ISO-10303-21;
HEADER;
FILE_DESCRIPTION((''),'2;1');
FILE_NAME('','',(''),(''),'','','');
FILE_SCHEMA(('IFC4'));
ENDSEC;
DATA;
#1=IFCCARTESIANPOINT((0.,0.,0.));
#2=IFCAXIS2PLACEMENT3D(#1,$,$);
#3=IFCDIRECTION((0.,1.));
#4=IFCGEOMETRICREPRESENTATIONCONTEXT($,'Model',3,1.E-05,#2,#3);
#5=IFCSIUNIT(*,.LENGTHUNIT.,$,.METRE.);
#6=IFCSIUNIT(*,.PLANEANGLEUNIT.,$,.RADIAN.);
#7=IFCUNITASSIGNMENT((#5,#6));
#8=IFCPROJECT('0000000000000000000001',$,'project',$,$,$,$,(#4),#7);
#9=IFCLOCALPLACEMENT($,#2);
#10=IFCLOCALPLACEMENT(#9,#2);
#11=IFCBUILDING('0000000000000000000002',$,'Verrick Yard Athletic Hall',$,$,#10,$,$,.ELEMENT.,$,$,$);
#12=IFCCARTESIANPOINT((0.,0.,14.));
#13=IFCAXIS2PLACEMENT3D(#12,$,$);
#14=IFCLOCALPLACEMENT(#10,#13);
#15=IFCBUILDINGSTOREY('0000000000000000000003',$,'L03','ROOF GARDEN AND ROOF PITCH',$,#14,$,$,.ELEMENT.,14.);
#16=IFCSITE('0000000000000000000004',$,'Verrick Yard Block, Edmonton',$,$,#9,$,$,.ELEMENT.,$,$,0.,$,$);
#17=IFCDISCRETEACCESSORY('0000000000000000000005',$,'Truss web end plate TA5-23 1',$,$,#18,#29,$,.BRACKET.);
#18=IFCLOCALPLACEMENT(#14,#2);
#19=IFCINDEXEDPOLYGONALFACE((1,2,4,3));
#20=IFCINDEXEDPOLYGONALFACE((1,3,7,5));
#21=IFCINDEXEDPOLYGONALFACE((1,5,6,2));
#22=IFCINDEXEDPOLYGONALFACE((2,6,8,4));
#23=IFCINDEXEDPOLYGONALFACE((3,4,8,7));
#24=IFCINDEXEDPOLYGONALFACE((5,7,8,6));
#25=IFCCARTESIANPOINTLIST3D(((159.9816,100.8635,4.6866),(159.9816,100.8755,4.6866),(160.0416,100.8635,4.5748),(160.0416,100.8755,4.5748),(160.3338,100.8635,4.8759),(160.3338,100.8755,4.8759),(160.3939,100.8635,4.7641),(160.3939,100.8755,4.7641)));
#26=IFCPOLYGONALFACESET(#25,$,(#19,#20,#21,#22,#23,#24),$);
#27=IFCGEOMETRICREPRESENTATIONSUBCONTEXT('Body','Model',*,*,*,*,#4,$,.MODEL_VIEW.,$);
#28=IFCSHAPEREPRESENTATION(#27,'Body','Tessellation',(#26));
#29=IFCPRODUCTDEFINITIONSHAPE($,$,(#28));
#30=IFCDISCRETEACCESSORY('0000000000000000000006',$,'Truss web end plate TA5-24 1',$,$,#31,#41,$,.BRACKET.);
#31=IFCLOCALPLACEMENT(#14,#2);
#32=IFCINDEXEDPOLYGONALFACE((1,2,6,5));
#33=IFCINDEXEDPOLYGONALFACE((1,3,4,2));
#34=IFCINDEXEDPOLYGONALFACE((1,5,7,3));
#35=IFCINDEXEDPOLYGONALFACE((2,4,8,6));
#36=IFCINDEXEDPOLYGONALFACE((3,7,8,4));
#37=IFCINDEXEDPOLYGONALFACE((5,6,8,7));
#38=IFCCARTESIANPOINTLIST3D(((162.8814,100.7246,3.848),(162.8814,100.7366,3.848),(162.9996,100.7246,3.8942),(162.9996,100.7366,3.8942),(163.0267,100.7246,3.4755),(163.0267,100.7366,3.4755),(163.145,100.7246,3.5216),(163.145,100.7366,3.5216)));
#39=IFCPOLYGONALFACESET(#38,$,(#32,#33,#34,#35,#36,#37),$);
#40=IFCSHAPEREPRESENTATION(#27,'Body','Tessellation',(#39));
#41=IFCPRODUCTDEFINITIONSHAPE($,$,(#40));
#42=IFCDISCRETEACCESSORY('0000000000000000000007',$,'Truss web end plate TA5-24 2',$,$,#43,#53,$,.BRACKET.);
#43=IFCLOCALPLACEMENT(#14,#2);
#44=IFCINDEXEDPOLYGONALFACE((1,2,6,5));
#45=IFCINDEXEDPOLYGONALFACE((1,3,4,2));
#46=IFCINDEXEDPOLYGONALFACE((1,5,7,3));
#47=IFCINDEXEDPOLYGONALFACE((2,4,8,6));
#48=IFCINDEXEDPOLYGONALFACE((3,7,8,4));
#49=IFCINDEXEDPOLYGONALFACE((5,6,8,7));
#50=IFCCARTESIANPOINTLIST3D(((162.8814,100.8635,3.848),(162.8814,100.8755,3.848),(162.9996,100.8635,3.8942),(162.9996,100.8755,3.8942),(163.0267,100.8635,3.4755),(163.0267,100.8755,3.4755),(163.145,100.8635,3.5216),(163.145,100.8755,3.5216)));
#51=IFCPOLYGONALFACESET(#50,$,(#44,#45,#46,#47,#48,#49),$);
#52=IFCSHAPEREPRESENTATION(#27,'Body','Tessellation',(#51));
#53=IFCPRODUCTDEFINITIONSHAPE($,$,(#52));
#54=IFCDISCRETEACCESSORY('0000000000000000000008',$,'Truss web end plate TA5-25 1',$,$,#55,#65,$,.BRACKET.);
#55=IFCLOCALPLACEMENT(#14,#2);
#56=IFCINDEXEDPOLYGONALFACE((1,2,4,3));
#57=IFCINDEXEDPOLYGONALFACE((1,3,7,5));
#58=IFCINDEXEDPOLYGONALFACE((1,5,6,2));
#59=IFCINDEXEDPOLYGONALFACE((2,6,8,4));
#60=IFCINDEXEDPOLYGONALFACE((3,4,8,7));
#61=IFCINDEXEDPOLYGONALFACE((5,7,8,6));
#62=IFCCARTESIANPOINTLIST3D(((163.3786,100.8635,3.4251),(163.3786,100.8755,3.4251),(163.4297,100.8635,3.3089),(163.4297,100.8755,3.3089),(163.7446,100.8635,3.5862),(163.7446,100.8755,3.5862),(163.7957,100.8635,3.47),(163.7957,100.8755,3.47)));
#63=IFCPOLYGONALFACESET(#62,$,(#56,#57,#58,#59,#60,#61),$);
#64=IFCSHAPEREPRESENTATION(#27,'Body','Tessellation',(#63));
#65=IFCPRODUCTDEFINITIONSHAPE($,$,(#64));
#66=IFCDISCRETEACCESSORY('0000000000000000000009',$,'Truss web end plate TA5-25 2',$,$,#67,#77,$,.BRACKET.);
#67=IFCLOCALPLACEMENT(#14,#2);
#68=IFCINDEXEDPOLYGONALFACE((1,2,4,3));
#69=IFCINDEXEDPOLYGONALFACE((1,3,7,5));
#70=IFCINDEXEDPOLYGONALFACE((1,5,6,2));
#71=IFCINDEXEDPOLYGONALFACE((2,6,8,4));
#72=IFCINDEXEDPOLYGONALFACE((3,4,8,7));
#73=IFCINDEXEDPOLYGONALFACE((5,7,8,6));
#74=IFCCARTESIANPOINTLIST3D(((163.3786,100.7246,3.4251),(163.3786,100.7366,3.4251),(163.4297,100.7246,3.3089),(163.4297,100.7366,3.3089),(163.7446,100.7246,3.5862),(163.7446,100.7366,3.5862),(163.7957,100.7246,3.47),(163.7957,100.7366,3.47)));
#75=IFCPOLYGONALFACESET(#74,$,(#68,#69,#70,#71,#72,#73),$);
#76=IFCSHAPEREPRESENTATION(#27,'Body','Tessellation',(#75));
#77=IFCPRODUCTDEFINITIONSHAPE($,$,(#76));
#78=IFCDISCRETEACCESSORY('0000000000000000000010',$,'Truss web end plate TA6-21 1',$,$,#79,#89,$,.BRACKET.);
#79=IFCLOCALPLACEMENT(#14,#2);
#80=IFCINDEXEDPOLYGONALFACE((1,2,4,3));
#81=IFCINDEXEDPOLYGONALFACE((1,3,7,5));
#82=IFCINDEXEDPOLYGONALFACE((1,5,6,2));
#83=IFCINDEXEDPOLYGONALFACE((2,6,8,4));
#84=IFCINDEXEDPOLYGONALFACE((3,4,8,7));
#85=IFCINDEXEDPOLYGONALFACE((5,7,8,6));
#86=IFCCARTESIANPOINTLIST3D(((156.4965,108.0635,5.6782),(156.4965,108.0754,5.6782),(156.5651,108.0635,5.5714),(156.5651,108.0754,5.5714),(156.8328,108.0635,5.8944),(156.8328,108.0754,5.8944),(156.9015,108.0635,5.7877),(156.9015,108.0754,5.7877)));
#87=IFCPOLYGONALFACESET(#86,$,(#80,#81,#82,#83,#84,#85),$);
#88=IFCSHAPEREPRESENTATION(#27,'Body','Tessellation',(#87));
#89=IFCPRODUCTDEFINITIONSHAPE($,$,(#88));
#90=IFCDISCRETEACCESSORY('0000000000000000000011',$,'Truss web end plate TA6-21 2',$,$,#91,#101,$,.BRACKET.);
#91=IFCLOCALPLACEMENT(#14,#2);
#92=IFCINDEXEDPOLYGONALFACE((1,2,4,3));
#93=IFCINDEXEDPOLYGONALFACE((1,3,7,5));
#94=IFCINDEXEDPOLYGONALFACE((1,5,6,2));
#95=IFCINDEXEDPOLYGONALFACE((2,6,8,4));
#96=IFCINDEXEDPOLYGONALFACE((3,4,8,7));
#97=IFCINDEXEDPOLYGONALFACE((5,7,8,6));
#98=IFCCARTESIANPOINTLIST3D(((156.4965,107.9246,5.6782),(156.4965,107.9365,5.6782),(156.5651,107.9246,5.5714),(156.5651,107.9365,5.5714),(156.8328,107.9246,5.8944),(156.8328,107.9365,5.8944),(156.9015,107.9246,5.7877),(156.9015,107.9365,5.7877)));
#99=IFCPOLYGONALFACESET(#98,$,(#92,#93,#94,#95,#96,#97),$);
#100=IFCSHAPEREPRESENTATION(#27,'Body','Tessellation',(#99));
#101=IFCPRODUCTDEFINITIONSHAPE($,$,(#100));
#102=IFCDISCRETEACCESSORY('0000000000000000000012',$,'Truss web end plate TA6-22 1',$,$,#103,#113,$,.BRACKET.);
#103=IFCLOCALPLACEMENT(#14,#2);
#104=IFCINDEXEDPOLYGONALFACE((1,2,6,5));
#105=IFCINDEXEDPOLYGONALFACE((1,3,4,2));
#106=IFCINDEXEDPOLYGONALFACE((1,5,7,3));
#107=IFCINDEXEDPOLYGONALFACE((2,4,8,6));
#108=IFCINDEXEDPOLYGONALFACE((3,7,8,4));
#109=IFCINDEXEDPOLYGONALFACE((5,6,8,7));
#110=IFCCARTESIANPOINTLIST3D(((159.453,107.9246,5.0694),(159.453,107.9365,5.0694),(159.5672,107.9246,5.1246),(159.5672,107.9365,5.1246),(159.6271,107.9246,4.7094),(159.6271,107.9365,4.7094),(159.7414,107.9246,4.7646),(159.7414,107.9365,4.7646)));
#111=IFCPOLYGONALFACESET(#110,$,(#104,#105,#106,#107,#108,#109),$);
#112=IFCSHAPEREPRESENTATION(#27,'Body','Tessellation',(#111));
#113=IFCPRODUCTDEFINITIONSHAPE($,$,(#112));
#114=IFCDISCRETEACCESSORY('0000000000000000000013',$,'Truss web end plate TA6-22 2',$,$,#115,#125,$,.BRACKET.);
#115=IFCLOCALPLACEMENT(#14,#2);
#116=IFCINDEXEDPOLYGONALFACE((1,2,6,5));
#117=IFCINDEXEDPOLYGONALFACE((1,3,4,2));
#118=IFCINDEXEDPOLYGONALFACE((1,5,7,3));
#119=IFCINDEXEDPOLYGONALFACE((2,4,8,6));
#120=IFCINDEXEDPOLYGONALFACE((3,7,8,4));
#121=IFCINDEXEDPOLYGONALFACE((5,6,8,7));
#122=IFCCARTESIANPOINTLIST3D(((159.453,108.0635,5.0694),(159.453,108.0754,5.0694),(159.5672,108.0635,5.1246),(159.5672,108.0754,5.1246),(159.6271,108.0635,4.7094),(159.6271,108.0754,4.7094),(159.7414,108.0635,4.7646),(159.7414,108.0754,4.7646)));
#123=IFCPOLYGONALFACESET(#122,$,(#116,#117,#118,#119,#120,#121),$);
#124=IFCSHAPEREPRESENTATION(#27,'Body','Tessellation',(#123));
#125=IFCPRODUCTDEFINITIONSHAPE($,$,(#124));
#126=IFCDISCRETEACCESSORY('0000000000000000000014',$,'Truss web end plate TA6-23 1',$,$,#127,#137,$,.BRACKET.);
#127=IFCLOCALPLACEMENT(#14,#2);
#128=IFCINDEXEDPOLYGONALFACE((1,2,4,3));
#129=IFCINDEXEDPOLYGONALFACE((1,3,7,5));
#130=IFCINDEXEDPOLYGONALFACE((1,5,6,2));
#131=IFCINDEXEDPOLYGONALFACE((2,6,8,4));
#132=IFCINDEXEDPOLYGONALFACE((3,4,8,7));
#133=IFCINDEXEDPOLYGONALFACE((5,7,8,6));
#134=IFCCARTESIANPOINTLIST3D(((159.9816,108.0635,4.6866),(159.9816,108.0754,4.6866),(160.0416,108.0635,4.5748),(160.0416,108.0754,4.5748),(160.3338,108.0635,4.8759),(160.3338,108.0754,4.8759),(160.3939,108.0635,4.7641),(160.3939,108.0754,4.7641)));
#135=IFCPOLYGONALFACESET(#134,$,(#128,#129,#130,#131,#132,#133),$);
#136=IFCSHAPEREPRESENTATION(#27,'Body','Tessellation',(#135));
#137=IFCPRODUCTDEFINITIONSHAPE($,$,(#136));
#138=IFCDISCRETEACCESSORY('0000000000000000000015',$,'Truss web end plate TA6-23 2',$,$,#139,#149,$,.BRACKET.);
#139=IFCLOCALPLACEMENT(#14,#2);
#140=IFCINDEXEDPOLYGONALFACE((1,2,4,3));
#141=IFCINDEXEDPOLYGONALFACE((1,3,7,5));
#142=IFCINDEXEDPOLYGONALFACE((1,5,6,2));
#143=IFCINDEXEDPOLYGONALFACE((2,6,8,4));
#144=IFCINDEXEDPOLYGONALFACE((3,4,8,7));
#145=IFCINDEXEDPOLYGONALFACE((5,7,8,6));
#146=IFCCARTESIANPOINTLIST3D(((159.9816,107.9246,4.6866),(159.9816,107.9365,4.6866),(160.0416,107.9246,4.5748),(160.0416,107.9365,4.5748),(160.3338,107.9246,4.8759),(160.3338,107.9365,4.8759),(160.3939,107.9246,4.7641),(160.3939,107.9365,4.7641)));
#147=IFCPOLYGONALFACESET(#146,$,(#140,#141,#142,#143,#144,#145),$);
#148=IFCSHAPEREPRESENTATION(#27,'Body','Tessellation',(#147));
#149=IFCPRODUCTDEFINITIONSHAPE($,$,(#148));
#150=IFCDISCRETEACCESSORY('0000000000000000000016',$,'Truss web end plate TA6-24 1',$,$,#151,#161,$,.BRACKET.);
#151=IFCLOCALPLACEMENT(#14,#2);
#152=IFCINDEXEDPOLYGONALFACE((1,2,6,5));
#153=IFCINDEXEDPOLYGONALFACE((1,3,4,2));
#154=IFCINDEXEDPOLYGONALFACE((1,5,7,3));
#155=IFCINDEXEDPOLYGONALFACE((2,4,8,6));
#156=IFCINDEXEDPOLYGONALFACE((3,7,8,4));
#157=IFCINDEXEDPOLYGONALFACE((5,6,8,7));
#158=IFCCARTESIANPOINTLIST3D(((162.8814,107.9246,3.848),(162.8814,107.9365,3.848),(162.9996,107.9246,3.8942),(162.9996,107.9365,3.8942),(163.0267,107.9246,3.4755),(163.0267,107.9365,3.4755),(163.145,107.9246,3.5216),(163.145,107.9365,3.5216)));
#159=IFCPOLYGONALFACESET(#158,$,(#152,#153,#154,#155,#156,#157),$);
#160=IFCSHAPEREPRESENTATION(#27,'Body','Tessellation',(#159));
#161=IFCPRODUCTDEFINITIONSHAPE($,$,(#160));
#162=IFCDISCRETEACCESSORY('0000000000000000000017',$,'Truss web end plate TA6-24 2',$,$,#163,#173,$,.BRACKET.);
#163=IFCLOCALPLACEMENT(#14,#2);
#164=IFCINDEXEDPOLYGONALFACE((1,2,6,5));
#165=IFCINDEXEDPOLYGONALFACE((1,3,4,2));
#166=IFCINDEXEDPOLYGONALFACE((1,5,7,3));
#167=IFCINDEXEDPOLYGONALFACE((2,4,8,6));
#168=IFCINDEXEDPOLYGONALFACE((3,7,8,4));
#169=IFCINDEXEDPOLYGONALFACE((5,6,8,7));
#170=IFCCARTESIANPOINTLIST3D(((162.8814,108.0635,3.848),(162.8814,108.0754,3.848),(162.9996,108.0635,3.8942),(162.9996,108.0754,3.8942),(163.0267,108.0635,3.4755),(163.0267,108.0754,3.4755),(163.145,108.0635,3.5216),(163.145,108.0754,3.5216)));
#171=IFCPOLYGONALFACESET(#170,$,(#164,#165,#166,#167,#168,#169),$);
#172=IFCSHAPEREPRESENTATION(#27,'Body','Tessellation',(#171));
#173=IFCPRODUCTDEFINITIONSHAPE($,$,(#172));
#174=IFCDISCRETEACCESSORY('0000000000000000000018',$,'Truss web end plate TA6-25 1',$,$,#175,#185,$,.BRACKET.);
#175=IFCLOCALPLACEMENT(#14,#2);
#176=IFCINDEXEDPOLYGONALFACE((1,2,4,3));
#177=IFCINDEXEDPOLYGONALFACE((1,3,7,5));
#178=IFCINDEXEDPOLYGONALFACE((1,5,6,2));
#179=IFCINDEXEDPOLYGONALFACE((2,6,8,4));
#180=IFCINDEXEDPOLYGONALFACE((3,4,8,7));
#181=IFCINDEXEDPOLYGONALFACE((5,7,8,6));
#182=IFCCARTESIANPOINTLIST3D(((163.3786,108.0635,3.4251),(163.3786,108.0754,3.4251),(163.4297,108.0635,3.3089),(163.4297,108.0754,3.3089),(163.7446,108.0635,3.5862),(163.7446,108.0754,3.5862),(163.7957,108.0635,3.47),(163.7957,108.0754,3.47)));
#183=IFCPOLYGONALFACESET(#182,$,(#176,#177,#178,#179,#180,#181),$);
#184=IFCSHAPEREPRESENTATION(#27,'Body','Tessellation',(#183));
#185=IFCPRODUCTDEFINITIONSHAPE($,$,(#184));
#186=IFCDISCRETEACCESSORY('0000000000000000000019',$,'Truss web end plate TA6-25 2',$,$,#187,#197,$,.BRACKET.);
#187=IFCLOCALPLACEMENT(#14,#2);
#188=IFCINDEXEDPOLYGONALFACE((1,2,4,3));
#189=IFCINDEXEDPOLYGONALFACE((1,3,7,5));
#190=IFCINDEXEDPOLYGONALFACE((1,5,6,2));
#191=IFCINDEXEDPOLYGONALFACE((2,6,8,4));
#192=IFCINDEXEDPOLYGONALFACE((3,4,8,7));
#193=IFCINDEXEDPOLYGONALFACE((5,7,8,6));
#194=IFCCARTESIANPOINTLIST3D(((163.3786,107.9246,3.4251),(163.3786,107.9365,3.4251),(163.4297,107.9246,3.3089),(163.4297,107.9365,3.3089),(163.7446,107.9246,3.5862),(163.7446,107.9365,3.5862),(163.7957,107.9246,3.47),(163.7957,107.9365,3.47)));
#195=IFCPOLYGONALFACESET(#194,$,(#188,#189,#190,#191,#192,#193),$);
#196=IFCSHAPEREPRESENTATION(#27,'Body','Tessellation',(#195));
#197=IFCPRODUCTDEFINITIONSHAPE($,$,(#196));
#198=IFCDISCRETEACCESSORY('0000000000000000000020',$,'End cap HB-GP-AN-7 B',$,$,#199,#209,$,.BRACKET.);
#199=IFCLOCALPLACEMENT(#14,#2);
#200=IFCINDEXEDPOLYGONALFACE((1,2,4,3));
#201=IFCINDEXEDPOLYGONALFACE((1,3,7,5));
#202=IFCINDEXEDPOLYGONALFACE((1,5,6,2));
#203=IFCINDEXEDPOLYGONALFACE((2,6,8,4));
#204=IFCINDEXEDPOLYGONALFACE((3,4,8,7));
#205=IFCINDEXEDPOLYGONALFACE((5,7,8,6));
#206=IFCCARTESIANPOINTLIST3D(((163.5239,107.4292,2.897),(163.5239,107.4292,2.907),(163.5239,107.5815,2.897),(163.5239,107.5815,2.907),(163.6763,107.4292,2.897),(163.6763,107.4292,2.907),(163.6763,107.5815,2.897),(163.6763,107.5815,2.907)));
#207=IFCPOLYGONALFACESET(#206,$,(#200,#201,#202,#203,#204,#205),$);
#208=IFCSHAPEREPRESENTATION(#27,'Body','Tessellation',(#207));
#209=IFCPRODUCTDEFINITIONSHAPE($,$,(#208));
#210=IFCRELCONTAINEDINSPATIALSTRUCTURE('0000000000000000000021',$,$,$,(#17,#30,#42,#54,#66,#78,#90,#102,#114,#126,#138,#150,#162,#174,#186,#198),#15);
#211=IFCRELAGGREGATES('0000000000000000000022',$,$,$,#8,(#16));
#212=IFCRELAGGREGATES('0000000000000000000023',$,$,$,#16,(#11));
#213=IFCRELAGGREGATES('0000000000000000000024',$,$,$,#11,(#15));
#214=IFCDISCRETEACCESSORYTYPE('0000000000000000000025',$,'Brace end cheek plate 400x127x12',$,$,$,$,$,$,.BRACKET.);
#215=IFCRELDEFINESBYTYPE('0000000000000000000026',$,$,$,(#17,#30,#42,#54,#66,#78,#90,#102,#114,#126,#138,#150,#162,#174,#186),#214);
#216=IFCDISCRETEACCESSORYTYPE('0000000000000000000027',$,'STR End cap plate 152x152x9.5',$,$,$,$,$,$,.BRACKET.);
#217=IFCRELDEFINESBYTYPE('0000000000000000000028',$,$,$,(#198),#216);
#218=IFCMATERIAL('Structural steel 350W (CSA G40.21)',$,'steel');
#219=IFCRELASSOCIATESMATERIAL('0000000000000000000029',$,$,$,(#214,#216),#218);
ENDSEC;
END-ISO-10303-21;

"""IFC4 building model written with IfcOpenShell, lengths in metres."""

from ifc_helpers import new_model, si_unit, direction, frame, origin, origin_2d, place, context, subcontext, project, spatial, rectangle, extrude, material, material_profile, profile_set, type_object, element, save


model = new_model("IFC4")

# Units and contexts
model_context = context("Model", 3, precision=1e-05, world=origin(), true_north=direction((0.0, 1.0)))
body_context = subcontext(model_context, "Body", "Model", "MODEL_VIEW")
ifc_project = project(units=[si_unit("LENGTHUNIT", "METRE"), si_unit("PLANEANGLEUNIT", "RADIAN")], contexts=[model_context])

# Site, building, storey
site_placement = place(None, origin())
site = spatial("IfcSite", under=ifc_project, at=site_placement, Name="Verrick Yard Block, Edmonton", CompositionType="ELEMENT", RefElevation=0.0)
building_placement = place(site_placement, origin())
building = spatial("IfcBuilding", under=site, at=building_placement, Name="Verrick Yard Athletic Hall", CompositionType="ELEMENT")
storey_placement = place(building_placement, frame((0.0, 0.0, 14.0)))
storey = spatial("IfcBuildingStorey", under=building, at=storey_placement, Name="L03", Description="ROOF GARDEN AND ROOF PITCH", CompositionType="ELEMENT", Elevation=14.0)

# Discrete accessories
ifc_material_1 = material(Name="Structural steel 350W (CSA G40.21)", Category="steel")
ifc_material_profile_1 = material_profile(ifc_material_1, rectangle(XDim=0.3999, YDim=0.127, at=origin_2d()), Name="Brace end cheek plate")
ifc_profile_set_1 = profile_set([ifc_material_profile_1], Name="Structural steel 350W (CSA G40.21)")
discrete_accessory_type_1 = type_object("IfcDiscreteAccessoryType", Name="Brace end cheek plate 400x127x12", PredefinedType="BRACKET", material=ifc_profile_set_1)
for number, where, z_axis, x_axis, name in (
    (1, (160.1877, 100.8635, 4.7253), (0.0, 1.0, 0.0), (0.88092, 0.0, 0.473265), "Truss web end plate TA5-23 1"),
    (2, (163.0132, 100.7366, 3.6848), (0.0, -1.0, 0.0), (-0.363563, 0.0, 0.93157), "Truss web end plate TA5-24 1"),
    (3, (163.0132, 100.8635, 3.6848), (0.0, 1.0, 0.0), (-0.363563, 0.0, 0.93157), "Truss web end plate TA5-24 2"),
    (4, (163.5872, 100.8635, 3.4475), (0.0, 1.0, 0.0), (0.915285, 0.0, 0.402806), "Truss web end plate TA5-25 1"),
    (5, (163.5872, 100.7366, 3.4475), (0.0, -1.0, 0.0), (0.915285, 0.0, 0.402806), "Truss web end plate TA5-25 2"),
    (6, (156.699, 108.0635, 5.7329), (0.0, 1.0, 0.0), (0.841141, 0.0, 0.540816), "Truss web end plate TA6-21 1"),
    (7, (156.699, 107.9365, 5.7329), (0.0, -1.0, 0.0), (0.841141, 0.0, 0.540816), "Truss web end plate TA6-21 2"),
    (8, (159.5972, 107.9365, 4.917), (0.0, -1.0, 0.0), (-0.435417, 0.0, 0.900229), "Truss web end plate TA6-22 1"),
    (9, (159.5972, 108.0635, 4.917), (0.0, 1.0, 0.0), (-0.435417, 0.0, 0.900229), "Truss web end plate TA6-22 2"),
    (10, (160.1877, 108.0635, 4.7253), (0.0, 1.0, 0.0), (0.88092, 0.0, 0.473265), "Truss web end plate TA6-23 1"),
    (11, (160.1877, 107.9365, 4.7253), (0.0, -1.0, 0.0), (0.88092, 0.0, 0.473265), "Truss web end plate TA6-23 2"),
    (12, (163.0132, 107.9365, 3.6848), (0.0, -1.0, 0.0), (-0.363563, 0.0, 0.93157), "Truss web end plate TA6-24 1"),
    (13, (163.0132, 108.0635, 3.6848), (0.0, 1.0, 0.0), (-0.363563, 0.0, 0.93157), "Truss web end plate TA6-24 2"),
    (14, (163.5872, 108.0635, 3.4475), (0.0, 1.0, 0.0), (0.915285, 0.0, 0.402806), "Truss web end plate TA6-25 1"),
    (15, (163.5872, 107.9365, 3.4475), (0.0, -1.0, 0.0), (0.915285, 0.0, 0.402806), "Truss web end plate TA6-25 2"),
):
    element("IfcDiscreteAccessory", number, at=place(storey_placement, frame(where, z_axis=z_axis, x_axis=x_axis)), inside=storey, type_object=discrete_accessory_type_1, Name=name, PredefinedType="BRACKET", context=body_context, shape_type="SweptSolid", body=[
        extrude(rectangle(XDim=0.3999, YDim=0.127, at=origin_2d()), origin(), (0.0, 0.0, 1.0), 0.012),
    ])
ifc_material_profile_2 = material_profile(ifc_material_1, rectangle(XDim=0.1523, YDim=0.1523, at=origin_2d()), Name="STR End cap plate 152x152x9.5")
ifc_profile_set_2 = profile_set([ifc_material_profile_2], Name="Structural steel 350W (CSA G40.21)")
discrete_accessory_type_2 = type_object("IfcDiscreteAccessoryType", Name="STR End cap plate 152x152x9.5", PredefinedType="BRACKET", material=ifc_profile_set_2)
discrete_accessory_placement = place(storey_placement, frame((163.6001, 107.5054, 2.897), z_axis=(0.0, 0.0, 1.0), x_axis=(1.0, 0.0, 0.0)))
element("IfcDiscreteAccessory", 16, at=discrete_accessory_placement, inside=storey, type_object=discrete_accessory_type_2, Name="End cap HB-GP-AN-7 B", PredefinedType="BRACKET", context=body_context, shape_type="SweptSolid", body=[
    extrude(rectangle(XDim=0.1523, YDim=0.1523, at=origin_2d()), origin(), (0.0, 0.0, 1.0), 0.01),
])

save(model, "model.ifc")
